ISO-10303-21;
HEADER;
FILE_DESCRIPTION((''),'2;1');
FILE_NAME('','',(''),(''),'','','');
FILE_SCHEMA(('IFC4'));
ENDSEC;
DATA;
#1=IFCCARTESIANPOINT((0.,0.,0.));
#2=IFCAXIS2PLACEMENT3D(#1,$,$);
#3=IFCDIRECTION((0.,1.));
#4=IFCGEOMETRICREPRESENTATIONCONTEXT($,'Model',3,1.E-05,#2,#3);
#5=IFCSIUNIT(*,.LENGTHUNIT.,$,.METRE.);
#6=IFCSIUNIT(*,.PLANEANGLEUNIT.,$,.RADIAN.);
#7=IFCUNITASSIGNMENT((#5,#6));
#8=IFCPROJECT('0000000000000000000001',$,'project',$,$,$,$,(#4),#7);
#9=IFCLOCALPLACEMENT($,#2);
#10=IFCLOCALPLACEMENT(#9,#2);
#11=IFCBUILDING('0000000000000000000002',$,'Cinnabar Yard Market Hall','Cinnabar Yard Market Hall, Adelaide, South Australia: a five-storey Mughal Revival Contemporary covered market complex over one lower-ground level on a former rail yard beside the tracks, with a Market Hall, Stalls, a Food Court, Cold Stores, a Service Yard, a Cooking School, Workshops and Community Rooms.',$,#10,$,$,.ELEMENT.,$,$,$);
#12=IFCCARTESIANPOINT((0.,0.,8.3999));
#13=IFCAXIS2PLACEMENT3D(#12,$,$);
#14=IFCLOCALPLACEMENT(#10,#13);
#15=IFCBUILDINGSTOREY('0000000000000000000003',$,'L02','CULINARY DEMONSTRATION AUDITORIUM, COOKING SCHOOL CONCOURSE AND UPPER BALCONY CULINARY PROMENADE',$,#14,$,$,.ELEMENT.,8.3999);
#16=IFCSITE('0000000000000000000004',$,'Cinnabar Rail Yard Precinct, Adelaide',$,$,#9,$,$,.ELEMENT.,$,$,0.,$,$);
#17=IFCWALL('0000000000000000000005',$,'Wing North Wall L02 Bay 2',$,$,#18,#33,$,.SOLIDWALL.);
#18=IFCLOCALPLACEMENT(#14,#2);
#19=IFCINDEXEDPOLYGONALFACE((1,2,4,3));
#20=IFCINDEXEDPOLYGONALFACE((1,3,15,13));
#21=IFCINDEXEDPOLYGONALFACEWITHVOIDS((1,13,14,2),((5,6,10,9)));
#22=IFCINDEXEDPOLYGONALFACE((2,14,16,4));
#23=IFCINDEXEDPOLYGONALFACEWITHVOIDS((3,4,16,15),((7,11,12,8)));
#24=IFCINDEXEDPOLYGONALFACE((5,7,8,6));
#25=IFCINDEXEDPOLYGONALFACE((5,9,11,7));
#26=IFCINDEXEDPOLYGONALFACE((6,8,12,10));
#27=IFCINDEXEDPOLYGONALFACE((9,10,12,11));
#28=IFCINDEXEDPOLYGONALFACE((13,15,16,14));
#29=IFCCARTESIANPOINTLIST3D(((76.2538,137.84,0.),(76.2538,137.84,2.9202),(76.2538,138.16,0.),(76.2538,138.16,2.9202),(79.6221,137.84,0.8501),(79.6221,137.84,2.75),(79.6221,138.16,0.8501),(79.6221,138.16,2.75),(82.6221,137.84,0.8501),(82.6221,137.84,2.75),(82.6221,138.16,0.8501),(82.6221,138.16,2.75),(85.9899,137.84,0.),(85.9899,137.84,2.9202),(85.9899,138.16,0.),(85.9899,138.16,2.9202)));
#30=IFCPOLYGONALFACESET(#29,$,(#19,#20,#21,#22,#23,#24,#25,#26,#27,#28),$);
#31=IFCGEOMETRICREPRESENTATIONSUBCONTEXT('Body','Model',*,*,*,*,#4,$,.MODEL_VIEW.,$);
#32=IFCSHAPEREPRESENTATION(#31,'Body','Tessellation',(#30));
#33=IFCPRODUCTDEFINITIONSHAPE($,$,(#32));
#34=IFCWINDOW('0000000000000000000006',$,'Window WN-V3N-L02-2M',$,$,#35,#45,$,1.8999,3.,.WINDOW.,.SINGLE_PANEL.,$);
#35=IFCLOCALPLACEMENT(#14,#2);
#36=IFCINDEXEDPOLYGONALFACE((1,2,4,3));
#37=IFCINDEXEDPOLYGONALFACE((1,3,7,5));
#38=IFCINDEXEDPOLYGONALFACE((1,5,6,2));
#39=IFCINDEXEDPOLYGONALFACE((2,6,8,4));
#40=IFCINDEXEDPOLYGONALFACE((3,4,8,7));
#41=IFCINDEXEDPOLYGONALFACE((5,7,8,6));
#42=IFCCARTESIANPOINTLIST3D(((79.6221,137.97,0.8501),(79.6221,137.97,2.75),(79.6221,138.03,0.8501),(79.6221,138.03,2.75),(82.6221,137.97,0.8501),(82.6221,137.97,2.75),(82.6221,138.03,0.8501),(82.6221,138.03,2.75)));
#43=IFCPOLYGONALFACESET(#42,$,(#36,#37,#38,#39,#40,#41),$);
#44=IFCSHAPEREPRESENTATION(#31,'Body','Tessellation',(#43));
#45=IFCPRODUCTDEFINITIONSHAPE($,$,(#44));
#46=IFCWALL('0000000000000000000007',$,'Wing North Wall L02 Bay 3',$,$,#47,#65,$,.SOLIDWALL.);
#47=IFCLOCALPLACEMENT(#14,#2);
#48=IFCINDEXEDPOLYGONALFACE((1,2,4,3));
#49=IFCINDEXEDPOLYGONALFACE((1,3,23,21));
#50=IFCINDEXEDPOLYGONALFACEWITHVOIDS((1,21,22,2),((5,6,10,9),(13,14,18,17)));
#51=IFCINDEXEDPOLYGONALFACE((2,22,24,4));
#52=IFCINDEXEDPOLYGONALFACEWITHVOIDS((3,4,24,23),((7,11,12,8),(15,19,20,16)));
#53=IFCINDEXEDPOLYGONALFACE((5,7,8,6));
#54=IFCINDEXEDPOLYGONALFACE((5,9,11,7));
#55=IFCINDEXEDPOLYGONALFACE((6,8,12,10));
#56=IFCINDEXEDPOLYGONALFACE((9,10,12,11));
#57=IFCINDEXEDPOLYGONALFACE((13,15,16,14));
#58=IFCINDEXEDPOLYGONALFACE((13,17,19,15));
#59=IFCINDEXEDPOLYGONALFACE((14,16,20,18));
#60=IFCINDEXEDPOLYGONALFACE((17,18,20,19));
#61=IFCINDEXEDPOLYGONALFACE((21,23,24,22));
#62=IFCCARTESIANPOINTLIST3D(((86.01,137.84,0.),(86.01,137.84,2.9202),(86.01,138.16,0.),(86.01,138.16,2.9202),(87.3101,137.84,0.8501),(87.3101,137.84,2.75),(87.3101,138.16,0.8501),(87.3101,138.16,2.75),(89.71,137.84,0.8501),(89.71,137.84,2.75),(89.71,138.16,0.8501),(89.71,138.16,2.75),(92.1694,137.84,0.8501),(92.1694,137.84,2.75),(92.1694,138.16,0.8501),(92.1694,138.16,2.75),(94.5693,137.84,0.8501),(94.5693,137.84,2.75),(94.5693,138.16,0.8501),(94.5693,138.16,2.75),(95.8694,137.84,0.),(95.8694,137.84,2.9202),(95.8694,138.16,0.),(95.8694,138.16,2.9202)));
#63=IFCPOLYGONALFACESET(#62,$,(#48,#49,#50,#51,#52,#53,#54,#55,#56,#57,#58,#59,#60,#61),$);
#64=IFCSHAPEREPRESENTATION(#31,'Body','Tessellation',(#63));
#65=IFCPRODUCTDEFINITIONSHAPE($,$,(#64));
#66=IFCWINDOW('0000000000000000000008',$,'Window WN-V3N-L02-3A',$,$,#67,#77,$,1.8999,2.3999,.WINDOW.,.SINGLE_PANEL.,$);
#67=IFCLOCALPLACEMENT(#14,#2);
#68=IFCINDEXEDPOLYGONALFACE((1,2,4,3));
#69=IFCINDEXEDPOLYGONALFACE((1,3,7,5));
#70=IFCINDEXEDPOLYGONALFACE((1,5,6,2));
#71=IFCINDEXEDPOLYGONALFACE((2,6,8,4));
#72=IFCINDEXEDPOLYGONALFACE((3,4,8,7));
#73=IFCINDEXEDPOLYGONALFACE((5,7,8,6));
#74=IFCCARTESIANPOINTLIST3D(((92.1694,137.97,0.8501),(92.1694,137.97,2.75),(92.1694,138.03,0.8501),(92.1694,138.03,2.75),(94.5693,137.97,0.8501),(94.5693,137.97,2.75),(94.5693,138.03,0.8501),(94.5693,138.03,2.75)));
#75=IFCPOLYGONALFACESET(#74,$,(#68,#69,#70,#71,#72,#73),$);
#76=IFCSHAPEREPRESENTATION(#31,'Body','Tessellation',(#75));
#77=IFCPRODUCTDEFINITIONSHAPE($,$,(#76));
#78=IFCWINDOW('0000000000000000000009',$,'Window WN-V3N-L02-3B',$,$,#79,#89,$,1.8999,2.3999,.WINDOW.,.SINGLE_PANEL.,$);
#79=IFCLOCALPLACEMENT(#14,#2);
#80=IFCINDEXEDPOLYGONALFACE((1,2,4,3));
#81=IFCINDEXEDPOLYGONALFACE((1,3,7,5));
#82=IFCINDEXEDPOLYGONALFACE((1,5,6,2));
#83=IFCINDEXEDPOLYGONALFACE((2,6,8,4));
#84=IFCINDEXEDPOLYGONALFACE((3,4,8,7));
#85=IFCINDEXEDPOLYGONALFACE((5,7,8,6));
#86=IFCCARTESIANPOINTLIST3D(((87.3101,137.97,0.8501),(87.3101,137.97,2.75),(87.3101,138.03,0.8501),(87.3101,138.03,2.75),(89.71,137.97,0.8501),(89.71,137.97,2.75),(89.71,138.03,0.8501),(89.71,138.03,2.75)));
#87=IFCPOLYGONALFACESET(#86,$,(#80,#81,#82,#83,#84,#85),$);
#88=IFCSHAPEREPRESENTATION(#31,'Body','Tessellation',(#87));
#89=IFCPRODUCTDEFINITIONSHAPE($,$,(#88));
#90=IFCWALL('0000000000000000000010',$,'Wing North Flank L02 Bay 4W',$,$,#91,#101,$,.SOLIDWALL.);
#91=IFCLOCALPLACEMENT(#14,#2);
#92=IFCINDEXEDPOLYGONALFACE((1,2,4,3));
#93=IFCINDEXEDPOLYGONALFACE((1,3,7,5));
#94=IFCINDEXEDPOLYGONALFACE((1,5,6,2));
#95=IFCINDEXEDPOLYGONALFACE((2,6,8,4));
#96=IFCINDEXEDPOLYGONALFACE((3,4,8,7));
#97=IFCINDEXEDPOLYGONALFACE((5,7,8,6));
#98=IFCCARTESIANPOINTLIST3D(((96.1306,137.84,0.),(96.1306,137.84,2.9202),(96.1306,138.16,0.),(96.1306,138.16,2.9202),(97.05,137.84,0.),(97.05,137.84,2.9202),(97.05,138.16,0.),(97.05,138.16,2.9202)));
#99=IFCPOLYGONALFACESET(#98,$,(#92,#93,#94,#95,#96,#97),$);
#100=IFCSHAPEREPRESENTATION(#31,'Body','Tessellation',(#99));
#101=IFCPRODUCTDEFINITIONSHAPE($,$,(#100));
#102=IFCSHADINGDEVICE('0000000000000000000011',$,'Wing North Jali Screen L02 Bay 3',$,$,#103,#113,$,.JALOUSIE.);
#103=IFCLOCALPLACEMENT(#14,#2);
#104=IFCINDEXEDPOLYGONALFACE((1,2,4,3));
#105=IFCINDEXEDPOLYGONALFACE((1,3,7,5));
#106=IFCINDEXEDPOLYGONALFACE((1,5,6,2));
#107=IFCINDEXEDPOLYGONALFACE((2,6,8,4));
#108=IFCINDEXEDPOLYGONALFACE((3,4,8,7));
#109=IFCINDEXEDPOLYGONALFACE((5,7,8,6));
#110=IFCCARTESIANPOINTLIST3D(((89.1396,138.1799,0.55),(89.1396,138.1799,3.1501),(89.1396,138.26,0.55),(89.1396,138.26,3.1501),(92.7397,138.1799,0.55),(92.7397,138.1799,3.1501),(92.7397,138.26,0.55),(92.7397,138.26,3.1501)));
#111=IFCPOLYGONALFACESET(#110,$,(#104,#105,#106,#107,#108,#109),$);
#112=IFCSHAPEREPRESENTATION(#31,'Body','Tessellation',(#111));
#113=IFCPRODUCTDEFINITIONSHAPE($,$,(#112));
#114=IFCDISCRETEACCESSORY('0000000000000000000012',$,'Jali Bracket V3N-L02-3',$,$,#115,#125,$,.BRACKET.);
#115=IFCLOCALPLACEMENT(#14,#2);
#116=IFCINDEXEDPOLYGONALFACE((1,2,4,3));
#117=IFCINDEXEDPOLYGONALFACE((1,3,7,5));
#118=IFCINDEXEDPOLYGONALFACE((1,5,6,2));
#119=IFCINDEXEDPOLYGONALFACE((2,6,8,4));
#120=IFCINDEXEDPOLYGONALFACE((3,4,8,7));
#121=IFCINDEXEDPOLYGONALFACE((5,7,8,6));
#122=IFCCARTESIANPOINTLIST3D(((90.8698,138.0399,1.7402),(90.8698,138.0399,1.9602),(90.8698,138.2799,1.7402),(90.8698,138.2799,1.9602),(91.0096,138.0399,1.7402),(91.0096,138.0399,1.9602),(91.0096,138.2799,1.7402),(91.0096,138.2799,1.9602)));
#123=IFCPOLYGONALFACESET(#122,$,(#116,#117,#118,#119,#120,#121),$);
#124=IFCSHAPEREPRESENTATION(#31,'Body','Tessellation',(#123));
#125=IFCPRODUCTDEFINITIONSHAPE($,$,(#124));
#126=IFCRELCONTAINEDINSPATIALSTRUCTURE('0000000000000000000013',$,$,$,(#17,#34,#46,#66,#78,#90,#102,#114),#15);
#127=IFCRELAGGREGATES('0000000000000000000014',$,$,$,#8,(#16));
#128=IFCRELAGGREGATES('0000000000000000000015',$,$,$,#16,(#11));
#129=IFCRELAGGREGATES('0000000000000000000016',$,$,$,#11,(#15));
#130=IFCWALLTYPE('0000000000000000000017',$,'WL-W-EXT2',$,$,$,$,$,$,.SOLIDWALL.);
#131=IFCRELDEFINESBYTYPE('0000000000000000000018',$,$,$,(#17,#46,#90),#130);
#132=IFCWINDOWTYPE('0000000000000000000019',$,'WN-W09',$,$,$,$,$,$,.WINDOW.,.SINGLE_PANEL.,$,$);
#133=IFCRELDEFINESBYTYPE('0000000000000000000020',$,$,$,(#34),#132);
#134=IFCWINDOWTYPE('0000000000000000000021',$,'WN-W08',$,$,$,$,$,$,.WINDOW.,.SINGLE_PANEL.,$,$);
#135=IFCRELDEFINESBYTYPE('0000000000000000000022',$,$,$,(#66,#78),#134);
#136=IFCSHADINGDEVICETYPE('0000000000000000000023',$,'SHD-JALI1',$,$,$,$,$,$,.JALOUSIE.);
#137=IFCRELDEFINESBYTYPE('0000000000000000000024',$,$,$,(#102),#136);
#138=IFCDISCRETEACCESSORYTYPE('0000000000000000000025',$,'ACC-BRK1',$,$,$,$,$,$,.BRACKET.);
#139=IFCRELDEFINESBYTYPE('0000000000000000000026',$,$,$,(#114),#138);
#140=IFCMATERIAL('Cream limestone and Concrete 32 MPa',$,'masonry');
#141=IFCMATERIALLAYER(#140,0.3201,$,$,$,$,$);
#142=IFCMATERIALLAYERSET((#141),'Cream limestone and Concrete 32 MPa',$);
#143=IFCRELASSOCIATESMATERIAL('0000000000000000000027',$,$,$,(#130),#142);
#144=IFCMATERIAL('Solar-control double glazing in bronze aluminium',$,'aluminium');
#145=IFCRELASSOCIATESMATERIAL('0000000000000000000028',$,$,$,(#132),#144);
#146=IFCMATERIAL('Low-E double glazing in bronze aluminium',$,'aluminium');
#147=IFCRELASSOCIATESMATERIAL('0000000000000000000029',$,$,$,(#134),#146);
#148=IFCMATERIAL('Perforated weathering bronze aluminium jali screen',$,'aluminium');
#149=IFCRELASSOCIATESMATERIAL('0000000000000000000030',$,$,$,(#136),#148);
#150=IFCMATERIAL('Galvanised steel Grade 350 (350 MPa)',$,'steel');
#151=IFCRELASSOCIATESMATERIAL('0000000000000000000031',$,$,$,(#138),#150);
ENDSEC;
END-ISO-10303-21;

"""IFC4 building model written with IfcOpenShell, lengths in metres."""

from ifc_helpers import new_model, si_unit, direction, frame, frame_2d, origin, origin_2d_with_axis, place, context, subcontext, project, spatial, rectangle, extrude, material, layer, layer_set, type_object, element, fill, save


model = new_model("IFC4")

# Units and contexts
model_context = context("Model", 3, precision=1e-05, world=origin(), true_north=direction((0.0, 1.0)))
body_context = subcontext(model_context, "Body", "Model", "MODEL_VIEW")
ifc_project = project(units=[si_unit("LENGTHUNIT", "METRE"), si_unit("PLANEANGLEUNIT", "RADIAN")], contexts=[model_context])

# Site, building, storey
site_placement = place(None, origin())
site = spatial("IfcSite", under=ifc_project, at=site_placement, Name="Cinnabar Rail Yard Precinct, Adelaide", CompositionType="ELEMENT", RefElevation=0.0)
building_placement = place(site_placement, origin())
building = spatial("IfcBuilding", under=site, at=building_placement, Name="Cinnabar Yard Market Hall", Description="Cinnabar Yard Market Hall, Adelaide, South Australia: a five-storey Mughal Revival Contemporary covered market complex over one lower-ground level on a former rail yard beside the tracks, with a Market Hall, Stalls, a Food Court, Cold Stores, a Service Yard, a Cooking School, Workshops and Community Rooms.", CompositionType="ELEMENT")
storey_placement = place(building_placement, frame((0.0, 0.0, 8.3999)))
storey = spatial("IfcBuildingStorey", under=building, at=storey_placement, Name="L02", Description="CULINARY DEMONSTRATION AUDITORIUM, COOKING SCHOOL CONCOURSE AND UPPER BALCONY CULINARY PROMENADE", CompositionType="ELEMENT", Elevation=8.3999)

# Wall, opening, window
ifc_material_1 = material(Name="Cream limestone and Concrete 32 MPa", Category="masonry")
ifc_layer_1 = layer(ifc_material_1, 0.3201)
ifc_layer_set_1 = layer_set([ifc_layer_1], Name="Cream limestone and Concrete 32 MPa")
wall_type_1 = type_object("IfcWallType", Name="WL-W-EXT2", PredefinedType="SOLIDWALL", material=ifc_layer_set_1)
wall_1_placement = place(storey_placement, frame((85.99, 138.0, 0.0), z_axis=(0.0, 0.0, 1.0), x_axis=(-1.0, 0.0, 0.0)))
wall_1 = element("IfcWall", 1, at=wall_1_placement, inside=storey, type_object=wall_type_1, Name="Wing North Wall L02 Bay 2", PredefinedType="SOLIDWALL", context=body_context, shape_type="SweptSolid", body=[
    extrude(rectangle(XDim=9.7361, YDim=0.3201, at=frame_2d((4.8682, 0.0), x_axis=(1.0, 0.0))), origin(), (0.0, 0.0, 1.0), 2.9202),
])
opening_1_placement = place(wall_1_placement, frame((3.3679, 0.0, 0.8501)))
opening_1 = element("IfcOpeningElement", 2, at=opening_1_placement, cuts=wall_1, PredefinedType="OPENING", context=body_context, shape_type="SweptSolid", body=[
    extrude(rectangle(XDim=3.0, YDim=1.8999, at=frame_2d((1.5, 0.95), x_axis=(1.0, 0.0))), frame((0.0, 0.1699, 0.0), z_axis=(0.0, -1.0, 0.0), x_axis=(1.0, 0.0, 0.0)), (0.0, 0.0, 1.0), 0.3401),
])
ifc_material_2 = material(Name="Solar-control double glazing in bronze aluminium", Category="aluminium")
window_type_1 = type_object("IfcWindowType", Name="WN-W09", PartitioningType="SINGLE_PANEL", PredefinedType="WINDOW", material=ifc_material_2)
window_1_placement = place(opening_1_placement, origin())
window_1 = element("IfcWindow", 3, at=window_1_placement, inside=storey, type_object=window_type_1, Name="Window WN-V3N-L02-2M", OverallHeight=1.8999, OverallWidth=3.0, PartitioningType="SINGLE_PANEL", PredefinedType="WINDOW", context=body_context, shape_type="SweptSolid", body=[
    extrude(rectangle(XDim=3.0, YDim=1.8999, at=frame_2d((1.5, 0.95), x_axis=(1.0, 0.0))), frame((0.0, 0.03, 0.0), z_axis=(0.0, -1.0, 0.0), x_axis=(1.0, 0.0, 0.0)), (0.0, 0.0, 1.0), 0.0601),
])
fill(opening_1, window_1)

# Wall, openings, windows
wall_2_placement = place(storey_placement, frame((95.8694, 138.0, 0.0), z_axis=(0.0, 0.0, 1.0), x_axis=(-1.0, 0.0, 0.0)))
wall_2 = element("IfcWall", 4, at=wall_2_placement, inside=storey, type_object=wall_type_1, Name="Wing North Wall L02 Bay 3", PredefinedType="SOLIDWALL", context=body_context, shape_type="SweptSolid", body=[
    extrude(rectangle(XDim=9.8594, YDim=0.3201, at=frame_2d((4.9297, 0.0), x_axis=(1.0, 0.0))), origin(), (0.0, 0.0, 1.0), 2.9202),
])
opening_2_placement = place(wall_2_placement, frame((1.3, 0.0, 0.8501)))
opening_2 = element("IfcOpeningElement", 5, at=opening_2_placement, cuts=wall_2, PredefinedType="OPENING", context=body_context, shape_type="SweptSolid", body=[
    extrude(rectangle(XDim=2.3999, YDim=1.8999, at=frame_2d((1.2, 0.95), x_axis=(1.0, 0.0))), frame((0.0, 0.1699, 0.0), z_axis=(0.0, -1.0, 0.0), x_axis=(1.0, 0.0, 0.0)), (0.0, 0.0, 1.0), 0.3401),
])
opening_3_placement = place(wall_2_placement, frame((6.1594, 0.0, 0.8501)))
opening_3 = element("IfcOpeningElement", 6, at=opening_3_placement, cuts=wall_2, PredefinedType="OPENING", context=body_context, shape_type="SweptSolid", body=[
    extrude(rectangle(XDim=2.3999, YDim=1.8999, at=frame_2d((1.2, 0.95), x_axis=(1.0, 0.0))), frame((0.0, 0.1699, 0.0), z_axis=(0.0, -1.0, 0.0), x_axis=(1.0, 0.0, 0.0)), (0.0, 0.0, 1.0), 0.3401),
])
ifc_material_3 = material(Name="Low-E double glazing in bronze aluminium", Category="aluminium")
window_type_2 = type_object("IfcWindowType", Name="WN-W08", PartitioningType="SINGLE_PANEL", PredefinedType="WINDOW", material=ifc_material_3)
window_2_placement = place(opening_2_placement, origin())
window_2 = element("IfcWindow", 7, at=window_2_placement, inside=storey, type_object=window_type_2, Name="Window WN-V3N-L02-3A", OverallHeight=1.8999, OverallWidth=2.3999, PartitioningType="SINGLE_PANEL", PredefinedType="WINDOW", context=body_context, shape_type="SweptSolid", body=[
    extrude(rectangle(XDim=2.3999, YDim=1.8999, at=frame_2d((1.2, 0.95), x_axis=(1.0, 0.0))), frame((0.0, 0.03, 0.0), z_axis=(0.0, -1.0, 0.0), x_axis=(1.0, 0.0, 0.0)), (0.0, 0.0, 1.0), 0.0601),
])
fill(opening_2, window_2)
window_3_placement = place(opening_3_placement, origin())
window_3 = element("IfcWindow", 8, at=window_3_placement, inside=storey, type_object=window_type_2, Name="Window WN-V3N-L02-3B", OverallHeight=1.8999, OverallWidth=2.3999, PartitioningType="SINGLE_PANEL", PredefinedType="WINDOW", context=body_context, shape_type="SweptSolid", body=[
    extrude(rectangle(XDim=2.3999, YDim=1.8999, at=frame_2d((1.2, 0.95), x_axis=(1.0, 0.0))), frame((0.0, 0.03, 0.0), z_axis=(0.0, -1.0, 0.0), x_axis=(1.0, 0.0, 0.0)), (0.0, 0.0, 1.0), 0.0601),
])
fill(opening_3, window_3)

# Wall
wall_3_placement = place(storey_placement, frame((97.05, 138.0, 0.0), z_axis=(0.0, 0.0, 1.0), x_axis=(-1.0, 0.0, 0.0)))
element("IfcWall", 9, at=wall_3_placement, inside=storey, type_object=wall_type_1, Name="Wing North Flank L02 Bay 4W", PredefinedType="SOLIDWALL", context=body_context, shape_type="SweptSolid", body=[
    extrude(rectangle(XDim=0.9194, YDim=0.3201, at=frame_2d((0.4597, 0.0), x_axis=(1.0, 0.0))), origin(), (0.0, 0.0, 1.0), 2.9202),
])

# Shading device
ifc_material_4 = material(Name="Perforated weathering bronze aluminium jali screen", Category="aluminium")
shading_device_type = type_object("IfcShadingDeviceType", Name="SHD-JALI1", PredefinedType="JALOUSIE", material=ifc_material_4)
shading_device_placement = place(storey_placement, frame((90.9397, 138.22, 0.55), z_axis=(0.0, 0.0, 1.0), x_axis=(1.0, 0.0, 0.0)))
element("IfcShadingDevice", 10, at=shading_device_placement, inside=storey, type_object=shading_device_type, Name="Wing North Jali Screen L02 Bay 3", PredefinedType="JALOUSIE", context=body_context, shape_type="SweptSolid", body=[
    extrude(rectangle(XDim=3.6001, YDim=0.0801, at=origin_2d_with_axis()), origin(), (0.0, 0.0, 1.0), 2.6001),
])

# Discrete accessory
ifc_material_5 = material(Name="Galvanised steel Grade 350 (350 MPa)", Category="steel")
discrete_accessory_type = type_object("IfcDiscreteAccessoryType", Name="ACC-BRK1", PredefinedType="BRACKET", material=ifc_material_5)
discrete_accessory_placement = place(storey_placement, frame((90.9397, 138.1599, 1.7402), z_axis=(0.0, 0.0, 1.0), x_axis=(1.0, 0.0, 0.0)))
element("IfcDiscreteAccessory", 11, at=discrete_accessory_placement, inside=storey, type_object=discrete_accessory_type, Name="Jali Bracket V3N-L02-3", PredefinedType="BRACKET", context=body_context, shape_type="SweptSolid", body=[
    extrude(rectangle(XDim=0.1399, YDim=0.24, at=origin_2d_with_axis()), origin(), (0.0, 0.0, 1.0), 0.22),
])

save(model, "model.ifc")
